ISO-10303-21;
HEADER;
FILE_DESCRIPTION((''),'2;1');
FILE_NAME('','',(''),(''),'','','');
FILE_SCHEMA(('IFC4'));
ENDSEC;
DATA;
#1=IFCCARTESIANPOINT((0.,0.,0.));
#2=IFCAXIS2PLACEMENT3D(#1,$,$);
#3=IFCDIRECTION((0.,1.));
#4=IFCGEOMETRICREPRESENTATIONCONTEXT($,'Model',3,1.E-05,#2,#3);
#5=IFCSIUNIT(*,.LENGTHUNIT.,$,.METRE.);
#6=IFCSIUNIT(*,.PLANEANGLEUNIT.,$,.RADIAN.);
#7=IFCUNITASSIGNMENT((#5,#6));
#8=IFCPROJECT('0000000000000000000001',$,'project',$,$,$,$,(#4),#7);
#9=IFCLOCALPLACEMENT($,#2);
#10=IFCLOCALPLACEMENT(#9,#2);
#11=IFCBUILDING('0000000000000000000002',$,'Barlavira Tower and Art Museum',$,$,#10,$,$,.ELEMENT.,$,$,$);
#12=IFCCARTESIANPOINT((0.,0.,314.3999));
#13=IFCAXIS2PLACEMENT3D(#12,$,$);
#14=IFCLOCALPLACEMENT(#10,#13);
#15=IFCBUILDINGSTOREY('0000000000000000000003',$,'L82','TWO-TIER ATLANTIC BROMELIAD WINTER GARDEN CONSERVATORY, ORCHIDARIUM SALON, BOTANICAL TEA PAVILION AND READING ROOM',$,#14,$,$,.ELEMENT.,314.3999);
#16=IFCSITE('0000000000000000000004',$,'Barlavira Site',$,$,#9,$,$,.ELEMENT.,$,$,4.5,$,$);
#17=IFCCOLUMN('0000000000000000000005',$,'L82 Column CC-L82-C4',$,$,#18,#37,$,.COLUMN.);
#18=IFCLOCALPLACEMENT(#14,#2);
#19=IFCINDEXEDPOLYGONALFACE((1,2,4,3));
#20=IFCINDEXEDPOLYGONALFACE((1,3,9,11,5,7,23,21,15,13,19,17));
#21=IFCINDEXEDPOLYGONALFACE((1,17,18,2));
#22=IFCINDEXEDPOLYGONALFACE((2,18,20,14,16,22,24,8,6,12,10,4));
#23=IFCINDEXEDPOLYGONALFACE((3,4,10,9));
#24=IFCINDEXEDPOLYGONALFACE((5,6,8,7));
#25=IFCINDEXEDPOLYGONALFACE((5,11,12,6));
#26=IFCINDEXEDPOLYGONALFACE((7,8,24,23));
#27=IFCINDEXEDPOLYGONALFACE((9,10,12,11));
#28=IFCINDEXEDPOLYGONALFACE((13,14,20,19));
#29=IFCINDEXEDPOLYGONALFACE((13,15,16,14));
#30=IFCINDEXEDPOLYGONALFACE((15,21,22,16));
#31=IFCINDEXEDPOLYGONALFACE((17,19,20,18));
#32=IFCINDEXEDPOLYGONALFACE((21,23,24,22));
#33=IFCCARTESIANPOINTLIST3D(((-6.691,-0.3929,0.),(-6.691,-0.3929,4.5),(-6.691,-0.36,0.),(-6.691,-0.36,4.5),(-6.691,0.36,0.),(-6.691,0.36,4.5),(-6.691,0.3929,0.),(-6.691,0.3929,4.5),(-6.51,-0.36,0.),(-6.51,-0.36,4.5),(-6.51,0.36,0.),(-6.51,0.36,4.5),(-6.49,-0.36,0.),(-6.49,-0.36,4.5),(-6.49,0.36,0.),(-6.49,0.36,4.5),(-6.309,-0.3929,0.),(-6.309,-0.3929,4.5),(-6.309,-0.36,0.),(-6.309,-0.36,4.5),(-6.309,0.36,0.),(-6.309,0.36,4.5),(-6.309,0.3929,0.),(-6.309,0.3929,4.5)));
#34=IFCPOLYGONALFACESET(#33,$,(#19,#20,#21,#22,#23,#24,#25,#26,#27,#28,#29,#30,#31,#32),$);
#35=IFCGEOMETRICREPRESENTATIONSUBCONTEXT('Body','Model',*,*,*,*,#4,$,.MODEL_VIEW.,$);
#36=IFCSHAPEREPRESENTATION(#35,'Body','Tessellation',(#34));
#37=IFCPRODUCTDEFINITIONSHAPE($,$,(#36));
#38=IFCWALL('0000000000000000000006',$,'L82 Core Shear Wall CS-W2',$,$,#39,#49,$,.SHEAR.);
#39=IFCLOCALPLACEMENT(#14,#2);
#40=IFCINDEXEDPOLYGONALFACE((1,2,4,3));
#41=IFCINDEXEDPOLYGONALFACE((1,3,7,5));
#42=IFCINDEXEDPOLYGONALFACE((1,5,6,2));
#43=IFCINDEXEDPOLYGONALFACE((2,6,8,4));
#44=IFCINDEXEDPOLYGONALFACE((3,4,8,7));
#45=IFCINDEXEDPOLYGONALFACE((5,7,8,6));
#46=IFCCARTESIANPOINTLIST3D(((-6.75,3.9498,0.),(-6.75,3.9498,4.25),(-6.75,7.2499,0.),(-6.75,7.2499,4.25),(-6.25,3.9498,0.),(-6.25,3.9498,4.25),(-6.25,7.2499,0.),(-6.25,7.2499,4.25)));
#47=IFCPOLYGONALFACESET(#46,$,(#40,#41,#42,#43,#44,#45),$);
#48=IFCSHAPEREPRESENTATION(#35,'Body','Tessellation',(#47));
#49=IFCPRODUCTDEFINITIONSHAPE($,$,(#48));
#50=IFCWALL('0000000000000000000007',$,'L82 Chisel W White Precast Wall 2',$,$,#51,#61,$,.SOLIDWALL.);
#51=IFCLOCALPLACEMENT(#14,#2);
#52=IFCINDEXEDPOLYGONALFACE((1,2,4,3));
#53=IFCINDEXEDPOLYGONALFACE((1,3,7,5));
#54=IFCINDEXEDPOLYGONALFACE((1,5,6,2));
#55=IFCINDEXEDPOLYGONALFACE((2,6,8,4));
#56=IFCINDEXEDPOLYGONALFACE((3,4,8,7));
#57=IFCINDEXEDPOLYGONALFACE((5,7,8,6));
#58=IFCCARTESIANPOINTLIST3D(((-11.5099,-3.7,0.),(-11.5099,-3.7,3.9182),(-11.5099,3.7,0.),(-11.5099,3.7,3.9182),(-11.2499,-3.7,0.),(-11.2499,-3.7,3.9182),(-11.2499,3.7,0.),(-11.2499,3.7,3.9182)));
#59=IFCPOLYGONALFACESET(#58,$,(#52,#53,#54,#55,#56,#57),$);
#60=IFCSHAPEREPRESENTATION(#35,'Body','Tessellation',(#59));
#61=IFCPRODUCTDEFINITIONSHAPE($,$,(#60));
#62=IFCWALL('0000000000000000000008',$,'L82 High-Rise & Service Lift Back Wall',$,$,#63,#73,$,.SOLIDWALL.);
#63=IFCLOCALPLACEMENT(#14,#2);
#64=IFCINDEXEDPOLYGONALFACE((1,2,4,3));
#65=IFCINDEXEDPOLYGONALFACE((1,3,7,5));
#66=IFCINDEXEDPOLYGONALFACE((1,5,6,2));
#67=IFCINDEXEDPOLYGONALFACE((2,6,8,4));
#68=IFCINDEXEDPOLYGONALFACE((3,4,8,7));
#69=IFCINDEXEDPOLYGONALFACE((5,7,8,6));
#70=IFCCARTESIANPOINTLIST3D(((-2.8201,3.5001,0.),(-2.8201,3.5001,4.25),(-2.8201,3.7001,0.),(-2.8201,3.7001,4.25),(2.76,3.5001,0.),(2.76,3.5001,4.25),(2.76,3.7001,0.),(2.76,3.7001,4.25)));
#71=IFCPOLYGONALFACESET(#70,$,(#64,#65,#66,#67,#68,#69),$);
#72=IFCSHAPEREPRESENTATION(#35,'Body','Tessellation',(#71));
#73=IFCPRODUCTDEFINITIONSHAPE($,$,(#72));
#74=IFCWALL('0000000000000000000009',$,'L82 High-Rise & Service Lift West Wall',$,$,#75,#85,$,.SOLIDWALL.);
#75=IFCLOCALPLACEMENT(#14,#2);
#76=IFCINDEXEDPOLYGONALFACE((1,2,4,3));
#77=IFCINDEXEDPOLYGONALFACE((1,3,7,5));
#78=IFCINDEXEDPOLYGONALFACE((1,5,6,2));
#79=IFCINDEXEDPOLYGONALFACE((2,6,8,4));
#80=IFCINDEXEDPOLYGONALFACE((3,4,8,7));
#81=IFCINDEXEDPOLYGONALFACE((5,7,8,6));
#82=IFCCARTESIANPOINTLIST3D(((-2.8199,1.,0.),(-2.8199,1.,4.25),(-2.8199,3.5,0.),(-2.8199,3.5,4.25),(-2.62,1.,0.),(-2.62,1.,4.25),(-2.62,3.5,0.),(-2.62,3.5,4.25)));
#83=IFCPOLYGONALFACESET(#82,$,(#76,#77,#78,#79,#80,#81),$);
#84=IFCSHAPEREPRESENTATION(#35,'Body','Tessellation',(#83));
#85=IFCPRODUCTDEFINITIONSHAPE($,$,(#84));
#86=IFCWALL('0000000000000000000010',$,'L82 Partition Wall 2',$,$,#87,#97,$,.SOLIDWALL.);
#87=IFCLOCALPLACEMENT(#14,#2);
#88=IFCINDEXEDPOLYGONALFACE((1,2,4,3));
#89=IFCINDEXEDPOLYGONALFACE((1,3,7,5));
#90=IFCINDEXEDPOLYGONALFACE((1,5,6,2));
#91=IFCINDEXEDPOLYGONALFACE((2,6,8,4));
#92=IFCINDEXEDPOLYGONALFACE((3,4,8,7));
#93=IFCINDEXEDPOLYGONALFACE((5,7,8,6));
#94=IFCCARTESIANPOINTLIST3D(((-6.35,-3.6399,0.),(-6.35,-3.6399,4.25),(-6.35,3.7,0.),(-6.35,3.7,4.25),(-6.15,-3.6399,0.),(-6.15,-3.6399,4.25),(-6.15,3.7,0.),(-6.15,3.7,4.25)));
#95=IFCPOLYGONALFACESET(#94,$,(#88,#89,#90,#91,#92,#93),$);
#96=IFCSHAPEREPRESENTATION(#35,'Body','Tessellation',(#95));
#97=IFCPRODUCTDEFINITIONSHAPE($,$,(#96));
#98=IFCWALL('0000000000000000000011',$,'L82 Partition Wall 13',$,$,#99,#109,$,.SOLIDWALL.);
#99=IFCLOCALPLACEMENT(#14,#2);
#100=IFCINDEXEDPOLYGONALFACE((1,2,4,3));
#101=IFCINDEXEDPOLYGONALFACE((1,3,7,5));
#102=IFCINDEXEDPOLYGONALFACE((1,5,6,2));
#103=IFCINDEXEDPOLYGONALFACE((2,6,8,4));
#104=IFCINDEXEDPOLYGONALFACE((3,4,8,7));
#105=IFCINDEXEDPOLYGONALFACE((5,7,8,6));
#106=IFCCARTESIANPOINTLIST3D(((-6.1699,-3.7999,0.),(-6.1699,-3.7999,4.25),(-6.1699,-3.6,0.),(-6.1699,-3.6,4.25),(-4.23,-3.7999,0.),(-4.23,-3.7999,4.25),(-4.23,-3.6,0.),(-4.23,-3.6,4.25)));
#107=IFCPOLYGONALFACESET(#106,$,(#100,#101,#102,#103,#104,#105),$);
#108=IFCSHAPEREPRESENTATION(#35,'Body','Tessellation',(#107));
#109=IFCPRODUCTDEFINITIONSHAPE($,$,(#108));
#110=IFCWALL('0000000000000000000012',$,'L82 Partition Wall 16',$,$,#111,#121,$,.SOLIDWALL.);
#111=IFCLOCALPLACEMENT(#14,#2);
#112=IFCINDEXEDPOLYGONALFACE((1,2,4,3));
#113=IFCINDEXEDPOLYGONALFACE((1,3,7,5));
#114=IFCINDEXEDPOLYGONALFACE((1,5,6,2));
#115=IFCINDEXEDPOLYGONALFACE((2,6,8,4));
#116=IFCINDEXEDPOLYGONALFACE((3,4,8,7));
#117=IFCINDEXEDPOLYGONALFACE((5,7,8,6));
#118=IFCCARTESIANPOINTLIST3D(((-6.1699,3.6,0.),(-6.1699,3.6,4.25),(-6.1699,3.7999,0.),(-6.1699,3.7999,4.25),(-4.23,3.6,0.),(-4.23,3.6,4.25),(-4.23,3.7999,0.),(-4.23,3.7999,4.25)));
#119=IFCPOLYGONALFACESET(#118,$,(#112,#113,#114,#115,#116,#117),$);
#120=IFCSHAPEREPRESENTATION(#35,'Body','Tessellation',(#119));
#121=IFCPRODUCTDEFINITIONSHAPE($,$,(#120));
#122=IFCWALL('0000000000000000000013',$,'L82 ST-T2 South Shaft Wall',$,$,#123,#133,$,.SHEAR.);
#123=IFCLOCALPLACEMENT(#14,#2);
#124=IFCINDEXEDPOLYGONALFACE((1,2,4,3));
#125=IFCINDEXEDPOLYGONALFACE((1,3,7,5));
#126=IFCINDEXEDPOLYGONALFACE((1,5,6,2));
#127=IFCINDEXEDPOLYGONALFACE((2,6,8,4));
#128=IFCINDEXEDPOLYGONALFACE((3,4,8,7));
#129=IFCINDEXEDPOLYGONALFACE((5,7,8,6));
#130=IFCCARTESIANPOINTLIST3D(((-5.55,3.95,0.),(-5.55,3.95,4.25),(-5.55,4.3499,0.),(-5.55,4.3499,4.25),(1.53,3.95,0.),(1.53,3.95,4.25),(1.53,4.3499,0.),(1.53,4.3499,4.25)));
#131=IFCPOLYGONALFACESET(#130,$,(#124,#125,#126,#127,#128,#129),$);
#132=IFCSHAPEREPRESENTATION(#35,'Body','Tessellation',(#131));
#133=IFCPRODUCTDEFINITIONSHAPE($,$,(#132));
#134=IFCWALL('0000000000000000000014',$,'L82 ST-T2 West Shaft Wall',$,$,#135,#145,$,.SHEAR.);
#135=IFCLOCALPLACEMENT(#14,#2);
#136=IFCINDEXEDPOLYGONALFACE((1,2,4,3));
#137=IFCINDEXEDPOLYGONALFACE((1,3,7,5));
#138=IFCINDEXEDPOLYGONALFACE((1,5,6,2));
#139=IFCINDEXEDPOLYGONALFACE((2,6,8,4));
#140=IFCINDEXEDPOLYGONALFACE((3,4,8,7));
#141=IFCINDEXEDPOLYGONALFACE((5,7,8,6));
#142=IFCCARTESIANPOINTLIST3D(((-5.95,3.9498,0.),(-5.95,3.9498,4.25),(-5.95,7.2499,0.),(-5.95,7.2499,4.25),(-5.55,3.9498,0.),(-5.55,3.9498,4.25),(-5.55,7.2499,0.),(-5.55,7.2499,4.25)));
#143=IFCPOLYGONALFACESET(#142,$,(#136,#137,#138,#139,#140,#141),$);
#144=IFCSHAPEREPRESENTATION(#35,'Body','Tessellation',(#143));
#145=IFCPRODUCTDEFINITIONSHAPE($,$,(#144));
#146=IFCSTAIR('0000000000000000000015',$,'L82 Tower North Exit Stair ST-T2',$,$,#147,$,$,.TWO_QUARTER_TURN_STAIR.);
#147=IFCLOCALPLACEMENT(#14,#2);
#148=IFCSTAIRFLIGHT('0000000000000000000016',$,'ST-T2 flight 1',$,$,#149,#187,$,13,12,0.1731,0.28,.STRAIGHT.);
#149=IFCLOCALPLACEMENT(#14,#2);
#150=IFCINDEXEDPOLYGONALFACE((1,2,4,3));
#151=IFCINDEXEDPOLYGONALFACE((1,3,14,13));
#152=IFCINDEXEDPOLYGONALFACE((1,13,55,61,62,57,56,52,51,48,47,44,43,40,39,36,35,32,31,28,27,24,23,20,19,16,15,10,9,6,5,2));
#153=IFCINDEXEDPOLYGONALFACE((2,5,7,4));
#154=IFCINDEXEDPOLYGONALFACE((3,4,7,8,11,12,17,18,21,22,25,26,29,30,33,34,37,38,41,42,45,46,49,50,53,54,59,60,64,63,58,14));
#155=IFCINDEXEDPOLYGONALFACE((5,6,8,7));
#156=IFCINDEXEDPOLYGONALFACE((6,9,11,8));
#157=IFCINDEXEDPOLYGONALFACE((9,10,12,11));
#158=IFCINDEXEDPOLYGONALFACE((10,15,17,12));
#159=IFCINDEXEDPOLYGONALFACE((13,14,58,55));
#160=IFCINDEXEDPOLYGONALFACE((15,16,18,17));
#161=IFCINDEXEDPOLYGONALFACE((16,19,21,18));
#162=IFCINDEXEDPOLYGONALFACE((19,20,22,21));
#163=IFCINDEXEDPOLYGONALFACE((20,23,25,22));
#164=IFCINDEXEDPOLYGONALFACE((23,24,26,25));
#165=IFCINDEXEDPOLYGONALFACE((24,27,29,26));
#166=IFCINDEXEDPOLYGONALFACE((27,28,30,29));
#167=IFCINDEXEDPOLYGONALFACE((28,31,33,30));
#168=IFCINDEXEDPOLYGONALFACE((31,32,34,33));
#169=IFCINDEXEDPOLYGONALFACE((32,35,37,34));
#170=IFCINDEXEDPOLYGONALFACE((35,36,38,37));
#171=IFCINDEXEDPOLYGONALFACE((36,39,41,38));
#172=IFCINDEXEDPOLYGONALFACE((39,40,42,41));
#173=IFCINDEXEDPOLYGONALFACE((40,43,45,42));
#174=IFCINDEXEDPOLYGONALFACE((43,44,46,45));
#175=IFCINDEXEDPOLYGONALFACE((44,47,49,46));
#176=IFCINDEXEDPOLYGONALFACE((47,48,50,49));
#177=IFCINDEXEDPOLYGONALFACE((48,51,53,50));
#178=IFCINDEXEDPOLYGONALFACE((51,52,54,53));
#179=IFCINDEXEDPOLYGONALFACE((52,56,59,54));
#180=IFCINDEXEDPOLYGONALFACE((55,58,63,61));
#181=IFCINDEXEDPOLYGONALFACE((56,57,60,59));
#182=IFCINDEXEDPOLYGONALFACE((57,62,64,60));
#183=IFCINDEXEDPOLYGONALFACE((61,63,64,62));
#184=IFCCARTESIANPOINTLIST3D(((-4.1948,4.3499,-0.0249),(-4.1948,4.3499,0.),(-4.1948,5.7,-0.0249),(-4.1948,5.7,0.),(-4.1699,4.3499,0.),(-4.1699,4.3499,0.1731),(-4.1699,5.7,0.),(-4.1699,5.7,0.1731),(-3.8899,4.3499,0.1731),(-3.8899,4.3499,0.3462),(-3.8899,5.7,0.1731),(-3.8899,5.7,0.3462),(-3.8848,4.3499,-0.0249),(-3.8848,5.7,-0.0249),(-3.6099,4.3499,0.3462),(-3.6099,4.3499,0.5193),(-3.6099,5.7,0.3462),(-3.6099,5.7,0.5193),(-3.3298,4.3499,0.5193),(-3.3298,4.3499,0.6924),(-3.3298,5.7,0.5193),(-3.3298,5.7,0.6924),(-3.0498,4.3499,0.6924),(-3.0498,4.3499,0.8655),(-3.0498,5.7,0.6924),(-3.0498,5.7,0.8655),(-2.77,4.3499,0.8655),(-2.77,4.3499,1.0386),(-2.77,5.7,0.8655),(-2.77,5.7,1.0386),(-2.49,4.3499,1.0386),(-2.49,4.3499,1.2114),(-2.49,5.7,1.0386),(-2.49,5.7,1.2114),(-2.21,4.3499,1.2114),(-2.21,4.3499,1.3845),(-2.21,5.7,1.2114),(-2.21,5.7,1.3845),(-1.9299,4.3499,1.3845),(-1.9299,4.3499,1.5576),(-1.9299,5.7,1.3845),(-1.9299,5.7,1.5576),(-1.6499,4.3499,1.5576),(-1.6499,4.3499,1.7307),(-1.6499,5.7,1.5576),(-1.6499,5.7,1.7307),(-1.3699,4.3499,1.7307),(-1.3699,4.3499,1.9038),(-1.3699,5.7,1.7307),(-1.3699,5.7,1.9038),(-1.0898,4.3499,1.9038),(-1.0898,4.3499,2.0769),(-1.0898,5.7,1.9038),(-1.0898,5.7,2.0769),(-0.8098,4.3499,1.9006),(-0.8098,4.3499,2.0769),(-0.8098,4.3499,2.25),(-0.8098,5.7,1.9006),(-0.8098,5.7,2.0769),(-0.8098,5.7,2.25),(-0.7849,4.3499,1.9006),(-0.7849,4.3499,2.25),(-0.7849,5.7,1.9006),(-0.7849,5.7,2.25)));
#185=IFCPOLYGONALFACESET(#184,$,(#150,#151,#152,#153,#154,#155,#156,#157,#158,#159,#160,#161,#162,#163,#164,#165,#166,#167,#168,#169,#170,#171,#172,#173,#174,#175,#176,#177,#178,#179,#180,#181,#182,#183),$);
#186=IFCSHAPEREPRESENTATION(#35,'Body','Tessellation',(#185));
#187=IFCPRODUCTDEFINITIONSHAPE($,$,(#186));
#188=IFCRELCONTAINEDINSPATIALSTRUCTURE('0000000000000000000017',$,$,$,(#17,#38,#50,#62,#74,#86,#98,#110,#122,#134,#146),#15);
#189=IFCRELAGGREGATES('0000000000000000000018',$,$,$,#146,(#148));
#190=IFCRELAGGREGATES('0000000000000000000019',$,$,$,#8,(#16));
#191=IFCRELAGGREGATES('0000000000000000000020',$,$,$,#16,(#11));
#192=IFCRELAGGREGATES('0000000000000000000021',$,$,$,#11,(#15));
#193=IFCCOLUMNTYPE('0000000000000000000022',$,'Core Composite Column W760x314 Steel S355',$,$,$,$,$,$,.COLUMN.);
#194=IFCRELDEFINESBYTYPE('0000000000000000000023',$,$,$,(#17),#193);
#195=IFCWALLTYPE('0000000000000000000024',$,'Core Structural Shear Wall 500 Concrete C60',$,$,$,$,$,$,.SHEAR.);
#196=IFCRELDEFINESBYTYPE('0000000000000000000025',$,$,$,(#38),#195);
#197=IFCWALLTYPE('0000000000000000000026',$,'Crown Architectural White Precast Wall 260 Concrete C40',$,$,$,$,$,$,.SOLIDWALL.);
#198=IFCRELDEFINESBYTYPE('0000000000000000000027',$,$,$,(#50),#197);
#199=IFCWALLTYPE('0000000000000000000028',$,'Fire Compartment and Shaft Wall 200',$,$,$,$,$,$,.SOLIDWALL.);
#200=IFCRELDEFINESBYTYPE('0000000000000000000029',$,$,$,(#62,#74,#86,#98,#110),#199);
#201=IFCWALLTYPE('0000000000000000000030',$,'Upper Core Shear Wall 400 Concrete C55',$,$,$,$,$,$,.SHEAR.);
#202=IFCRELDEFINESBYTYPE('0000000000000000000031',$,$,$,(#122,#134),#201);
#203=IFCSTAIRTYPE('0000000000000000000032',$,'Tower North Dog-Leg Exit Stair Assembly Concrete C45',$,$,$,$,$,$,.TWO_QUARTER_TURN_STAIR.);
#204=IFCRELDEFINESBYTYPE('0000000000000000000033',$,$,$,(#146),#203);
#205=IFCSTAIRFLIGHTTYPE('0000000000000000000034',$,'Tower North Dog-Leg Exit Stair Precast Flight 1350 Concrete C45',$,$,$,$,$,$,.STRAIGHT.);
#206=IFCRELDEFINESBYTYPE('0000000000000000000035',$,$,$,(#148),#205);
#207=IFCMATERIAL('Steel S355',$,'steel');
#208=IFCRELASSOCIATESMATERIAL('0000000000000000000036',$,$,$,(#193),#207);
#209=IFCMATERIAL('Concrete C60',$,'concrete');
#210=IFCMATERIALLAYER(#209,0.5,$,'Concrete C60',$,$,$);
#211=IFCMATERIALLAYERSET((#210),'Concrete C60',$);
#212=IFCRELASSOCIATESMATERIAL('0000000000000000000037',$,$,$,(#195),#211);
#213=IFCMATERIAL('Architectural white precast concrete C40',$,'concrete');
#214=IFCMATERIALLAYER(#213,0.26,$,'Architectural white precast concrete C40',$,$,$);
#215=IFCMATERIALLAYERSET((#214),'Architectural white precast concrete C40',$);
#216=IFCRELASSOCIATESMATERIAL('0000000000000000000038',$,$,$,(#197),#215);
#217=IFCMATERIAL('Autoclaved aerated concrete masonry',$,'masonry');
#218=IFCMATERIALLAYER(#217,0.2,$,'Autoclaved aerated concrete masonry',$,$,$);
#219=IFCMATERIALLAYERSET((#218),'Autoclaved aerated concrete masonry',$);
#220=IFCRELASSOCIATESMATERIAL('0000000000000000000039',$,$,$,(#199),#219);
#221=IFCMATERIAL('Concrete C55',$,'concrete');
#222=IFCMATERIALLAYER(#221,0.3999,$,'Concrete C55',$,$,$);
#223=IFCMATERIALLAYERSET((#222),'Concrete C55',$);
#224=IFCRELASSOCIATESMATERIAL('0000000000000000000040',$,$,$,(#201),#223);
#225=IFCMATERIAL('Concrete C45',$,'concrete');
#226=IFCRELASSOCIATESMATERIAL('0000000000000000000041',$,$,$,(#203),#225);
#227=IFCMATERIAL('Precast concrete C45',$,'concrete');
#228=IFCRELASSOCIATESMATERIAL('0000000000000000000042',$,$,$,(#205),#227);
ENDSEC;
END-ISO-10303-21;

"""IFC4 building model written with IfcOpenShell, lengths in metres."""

from ifc_helpers import new_model, si_unit, direction, frame, frame_2d, origin, origin_2d, place, context, subcontext, project, spatial, polyline, rectangle, i_section, outline, extrude, material, layer, layer_set, material_profile, profile_set, type_object, element, aggregate, save


model = new_model("IFC4")

# Units and contexts
model_context = context("Model", 3, precision=1e-05, world=origin(), true_north=direction((0.0, 1.0)))
body_context = subcontext(model_context, "Body", "Model", "MODEL_VIEW")
ifc_project = project(units=[si_unit("LENGTHUNIT", "METRE"), si_unit("PLANEANGLEUNIT", "RADIAN")], contexts=[model_context])

# Site, building, storey
site_placement = place(None, origin())
site = spatial("IfcSite", under=ifc_project, at=site_placement, Name="Barlavira Site", CompositionType="ELEMENT", RefElevation=4.5)
building_placement = place(site_placement, origin())
building = spatial("IfcBuilding", under=site, at=building_placement, Name="Barlavira Tower and Art Museum", CompositionType="ELEMENT")
storey_placement = place(building_placement, frame((0.0, 0.0, 314.3999)))
storey = spatial("IfcBuildingStorey", under=building, at=storey_placement, Name="L82", Description="TWO-TIER ATLANTIC BROMELIAD WINTER GARDEN CONSERVATORY, ORCHIDARIUM SALON, BOTANICAL TEA PAVILION AND READING ROOM", CompositionType="ELEMENT", Elevation=314.3999)

# Column
ifc_material_1 = material(Name="Steel S355", Category="steel")
ifc_material_profile = material_profile(ifc_material_1, i_section(OverallWidth=0.3821, OverallDepth=0.7859, WebThickness=0.02, FlangeThickness=0.033, at=origin_2d()), Name="W760x314.0")
ifc_profile_set = profile_set([ifc_material_profile], Name="Steel S355")
column_type = type_object("IfcColumnType", Name="Core Composite Column W760x314 Steel S355", PredefinedType="COLUMN", material=ifc_profile_set)
column_placement = place(storey_placement, frame((-6.5, 0.0, 0.0), z_axis=(0.0, 0.0, 1.0), x_axis=(1.0, 0.0, 0.0)))
element("IfcColumn", 1, at=column_placement, inside=storey, type_object=column_type, Name="L82 Column CC-L82-C4", PredefinedType="COLUMN", context=body_context, shape_type="SweptSolid", body=[
    extrude(i_section(OverallWidth=0.3821, OverallDepth=0.7859, WebThickness=0.02, FlangeThickness=0.033, at=origin_2d()), origin(), (0.0, 0.0, 1.0), 4.5),
])

# Walls
ifc_material_2 = material(Name="Concrete C60", Category="concrete")
ifc_layer_1 = layer(ifc_material_2, 0.5, Name="Concrete C60")
ifc_layer_set_1 = layer_set([ifc_layer_1], Name="Concrete C60")
wall_type_1 = type_object("IfcWallType", Name="Core Structural Shear Wall 500 Concrete C60", PredefinedType="SHEAR", material=ifc_layer_set_1)
wall_1_placement = place(storey_placement, frame((-6.5, 3.95, 0.0), z_axis=(0.0, 0.0, 1.0), x_axis=(0.0, 1.0, 0.0)))
element("IfcWall", 2, at=wall_1_placement, inside=storey, type_object=wall_type_1, Name="L82 Core Shear Wall CS-W2", PredefinedType="SHEAR", context=body_context, shape_type="SweptSolid", body=[
    extrude(rectangle(XDim=3.3, YDim=0.5, at=frame_2d((1.6499, 0.0))), origin(), (0.0, 0.0, 1.0), 4.25),
])
ifc_material_3 = material(Name="Architectural white precast concrete C40", Category="concrete")
ifc_layer_2 = layer(ifc_material_3, 0.26, Name="Architectural white precast concrete C40")
ifc_layer_set_2 = layer_set([ifc_layer_2], Name="Architectural white precast concrete C40")
wall_type_2 = type_object("IfcWallType", Name="Crown Architectural White Precast Wall 260 Concrete C40", PredefinedType="SOLIDWALL", material=ifc_layer_set_2)
wall_2_placement = place(storey_placement, frame((-11.3799, 3.7, 0.0), z_axis=(0.0, 0.0, 1.0), x_axis=(0.0, -1.0, 0.0)))
element("IfcWall", 3, at=wall_2_placement, inside=storey, type_object=wall_type_2, Name="L82 Chisel W White Precast Wall 2", PredefinedType="SOLIDWALL", context=body_context, shape_type="SweptSolid", body=[
    extrude(rectangle(XDim=7.3999, YDim=0.26, at=frame_2d((3.7, 0.0))), origin(), (0.0, 0.0, 1.0), 3.9182),
])

# Shared definitions
ifc_material_4 = material(Name="Autoclaved aerated concrete masonry", Category="masonry")
ifc_layer_3 = layer(ifc_material_4, 0.2, Name="Autoclaved aerated concrete masonry")
ifc_layer_set_3 = layer_set([ifc_layer_3], Name="Autoclaved aerated concrete masonry")
wall_type_3 = type_object("IfcWallType", Name="Fire Compartment and Shaft Wall 200", PredefinedType="SOLIDWALL", material=ifc_layer_set_3)

# Walls
wall_3_placement = place(storey_placement, frame((-2.8201, 3.6001, 0.0), z_axis=(0.0, 0.0, 1.0), x_axis=(1.0, 0.0, 0.0)))
element("IfcWall", 4, at=wall_3_placement, inside=storey, type_object=wall_type_3, Name="L82 High-Rise & Service Lift Back Wall", PredefinedType="SOLIDWALL", context=body_context, shape_type="SweptSolid", body=[
    extrude(rectangle(XDim=5.5801, YDim=0.2, at=frame_2d((2.79, 0.0))), origin(), (0.0, 0.0, 1.0), 4.25),
])
wall_4_placement = place(storey_placement, frame((-2.72, 1.0, 0.0), z_axis=(0.0, 0.0, 1.0), x_axis=(0.0, 1.0, 0.0)))
element("IfcWall", 5, at=wall_4_placement, inside=storey, type_object=wall_type_3, Name="L82 High-Rise & Service Lift West Wall", PredefinedType="SOLIDWALL", context=body_context, shape_type="SweptSolid", body=[
    extrude(rectangle(XDim=2.5, YDim=0.2, at=frame_2d((1.25, 0.0))), origin(), (0.0, 0.0, 1.0), 4.25),
])
wall_5_placement = place(storey_placement, frame((-6.25, -3.6399, 0.0), z_axis=(0.0, 0.0, 1.0), x_axis=(0.0, 1.0, 0.0)))
element("IfcWall", 6, at=wall_5_placement, inside=storey, type_object=wall_type_3, Name="L82 Partition Wall 2", PredefinedType="SOLIDWALL", context=body_context, shape_type="SweptSolid", body=[
    extrude(rectangle(XDim=7.3398, YDim=0.2, at=frame_2d((3.6699, 0.0))), origin(), (0.0, 0.0, 1.0), 4.25),
])
for number, where, z_axis, x_axis, name in (
    (7, (-6.1699, -3.7, 0.0), (0.0, 0.0, 1.0), (1.0, 0.0, 0.0), "L82 Partition Wall 13"),
    (8, (-6.1699, 3.7, 0.0), (0.0, 0.0, 1.0), (1.0, 0.0, 0.0), "L82 Partition Wall 16"),
):
    element("IfcWall", number, at=place(storey_placement, frame(where, z_axis=z_axis, x_axis=x_axis)), inside=storey, type_object=wall_type_3, Name=name, PredefinedType="SOLIDWALL", context=body_context, shape_type="SweptSolid", body=[
        extrude(rectangle(XDim=1.9399, YDim=0.2, at=frame_2d((0.97, 0.0))), origin(), (0.0, 0.0, 1.0), 4.25),
    ])
ifc_material_5 = material(Name="Concrete C55", Category="concrete")
ifc_layer_4 = layer(ifc_material_5, 0.3999, Name="Concrete C55")
ifc_layer_set_4 = layer_set([ifc_layer_4], Name="Concrete C55")
wall_type_4 = type_object("IfcWallType", Name="Upper Core Shear Wall 400 Concrete C55", PredefinedType="SHEAR", material=ifc_layer_set_4)
wall_6_placement = place(storey_placement, frame((-5.55, 4.1499, 0.0), z_axis=(0.0, 0.0, 1.0), x_axis=(1.0, 0.0, 0.0)))
element("IfcWall", 9, at=wall_6_placement, inside=storey, type_object=wall_type_4, Name="L82 ST-T2 South Shaft Wall", PredefinedType="SHEAR", context=body_context, shape_type="SweptSolid", body=[
    extrude(rectangle(XDim=7.0801, YDim=0.3999, at=frame_2d((3.54, 0.0))), origin(), (0.0, 0.0, 1.0), 4.25),
])
wall_7_placement = place(storey_placement, frame((-5.75, 3.95, 0.0), z_axis=(0.0, 0.0, 1.0), x_axis=(0.0, 1.0, 0.0)))
element("IfcWall", 10, at=wall_7_placement, inside=storey, type_object=wall_type_4, Name="L82 ST-T2 West Shaft Wall", PredefinedType="SHEAR", context=body_context, shape_type="SweptSolid", body=[
    extrude(rectangle(XDim=3.3, YDim=0.3999, at=frame_2d((1.6499, 0.0))), origin(), (0.0, 0.0, 1.0), 4.25),
])

# Stair, stair flight
ifc_material_6 = material(Name="Concrete C45", Category="concrete")
stair_type = type_object("IfcStairType", Name="Tower North Dog-Leg Exit Stair Assembly Concrete C45", PredefinedType="TWO_QUARTER_TURN_STAIR", material=ifc_material_6)
stair_placement = place(storey_placement, origin())
stair = element("IfcStair", 11, at=stair_placement, inside=storey, type_object=stair_type, Name="L82 Tower North Exit Stair ST-T2", PredefinedType="TWO_QUARTER_TURN_STAIR")
ifc_material_7 = material(Name="Precast concrete C45", Category="concrete")
stair_flight_type = type_object("IfcStairFlightType", Name="Tower North Dog-Leg Exit Stair Precast Flight 1350 Concrete C45", PredefinedType="STRAIGHT", material=ifc_material_7)
stair_flight_placement = place(storey_placement, frame((-4.1699, 5.0249, 0.0), z_axis=(0.0, 0.0, 1.0), x_axis=(1.0, 0.0, 0.0)))
stair_flight = element("IfcStairFlight", 12, at=stair_flight_placement, type_object=stair_flight_type, Name="ST-T2 flight 1", NumberOfRisers=13, NumberOfTreads=12, PredefinedType="STRAIGHT", RiserHeight=0.1731, TreadLength=0.28, context=body_context, shape_type="SweptSolid", body=[
    extrude(outline(polyline([(-0.0249, 0.0), (0.0, 0.0), (0.0, 0.1731), (0.28, 0.1731), (0.28, 0.3462), (0.5601, 0.3462), (0.5601, 0.5193), (0.8401, 0.5193), (0.8401, 0.6924), (1.1201, 0.6924), (1.1201, 0.8655), (1.3999, 0.8655), (1.3999, 1.0386), (1.6799, 1.0386), (1.6799, 1.2114), (1.96, 1.2114), (1.96, 1.3845), (2.24, 1.3845), (2.24, 1.5576), (2.52, 1.5576), (2.52, 1.7307), (2.8, 1.7307), (2.8, 1.9038), (3.0801, 1.9038), (3.0801, 2.0769), (3.3601, 2.0769), (3.3601, 2.25), (3.385, 2.25), (3.385, 1.9006), (3.3601, 1.9006), (0.2852, -0.0249), (-0.0249, -0.0249), (-0.0249, 0.0)])), frame((0.0, 0.675, 0.0), z_axis=(0.0, -1.0, 0.0), x_axis=(1.0, 0.0, 0.0)), (0.0, 0.0, 1.0), 1.3501),
])
aggregate(stair, [stair_flight])

save(model, "model.ifc")
